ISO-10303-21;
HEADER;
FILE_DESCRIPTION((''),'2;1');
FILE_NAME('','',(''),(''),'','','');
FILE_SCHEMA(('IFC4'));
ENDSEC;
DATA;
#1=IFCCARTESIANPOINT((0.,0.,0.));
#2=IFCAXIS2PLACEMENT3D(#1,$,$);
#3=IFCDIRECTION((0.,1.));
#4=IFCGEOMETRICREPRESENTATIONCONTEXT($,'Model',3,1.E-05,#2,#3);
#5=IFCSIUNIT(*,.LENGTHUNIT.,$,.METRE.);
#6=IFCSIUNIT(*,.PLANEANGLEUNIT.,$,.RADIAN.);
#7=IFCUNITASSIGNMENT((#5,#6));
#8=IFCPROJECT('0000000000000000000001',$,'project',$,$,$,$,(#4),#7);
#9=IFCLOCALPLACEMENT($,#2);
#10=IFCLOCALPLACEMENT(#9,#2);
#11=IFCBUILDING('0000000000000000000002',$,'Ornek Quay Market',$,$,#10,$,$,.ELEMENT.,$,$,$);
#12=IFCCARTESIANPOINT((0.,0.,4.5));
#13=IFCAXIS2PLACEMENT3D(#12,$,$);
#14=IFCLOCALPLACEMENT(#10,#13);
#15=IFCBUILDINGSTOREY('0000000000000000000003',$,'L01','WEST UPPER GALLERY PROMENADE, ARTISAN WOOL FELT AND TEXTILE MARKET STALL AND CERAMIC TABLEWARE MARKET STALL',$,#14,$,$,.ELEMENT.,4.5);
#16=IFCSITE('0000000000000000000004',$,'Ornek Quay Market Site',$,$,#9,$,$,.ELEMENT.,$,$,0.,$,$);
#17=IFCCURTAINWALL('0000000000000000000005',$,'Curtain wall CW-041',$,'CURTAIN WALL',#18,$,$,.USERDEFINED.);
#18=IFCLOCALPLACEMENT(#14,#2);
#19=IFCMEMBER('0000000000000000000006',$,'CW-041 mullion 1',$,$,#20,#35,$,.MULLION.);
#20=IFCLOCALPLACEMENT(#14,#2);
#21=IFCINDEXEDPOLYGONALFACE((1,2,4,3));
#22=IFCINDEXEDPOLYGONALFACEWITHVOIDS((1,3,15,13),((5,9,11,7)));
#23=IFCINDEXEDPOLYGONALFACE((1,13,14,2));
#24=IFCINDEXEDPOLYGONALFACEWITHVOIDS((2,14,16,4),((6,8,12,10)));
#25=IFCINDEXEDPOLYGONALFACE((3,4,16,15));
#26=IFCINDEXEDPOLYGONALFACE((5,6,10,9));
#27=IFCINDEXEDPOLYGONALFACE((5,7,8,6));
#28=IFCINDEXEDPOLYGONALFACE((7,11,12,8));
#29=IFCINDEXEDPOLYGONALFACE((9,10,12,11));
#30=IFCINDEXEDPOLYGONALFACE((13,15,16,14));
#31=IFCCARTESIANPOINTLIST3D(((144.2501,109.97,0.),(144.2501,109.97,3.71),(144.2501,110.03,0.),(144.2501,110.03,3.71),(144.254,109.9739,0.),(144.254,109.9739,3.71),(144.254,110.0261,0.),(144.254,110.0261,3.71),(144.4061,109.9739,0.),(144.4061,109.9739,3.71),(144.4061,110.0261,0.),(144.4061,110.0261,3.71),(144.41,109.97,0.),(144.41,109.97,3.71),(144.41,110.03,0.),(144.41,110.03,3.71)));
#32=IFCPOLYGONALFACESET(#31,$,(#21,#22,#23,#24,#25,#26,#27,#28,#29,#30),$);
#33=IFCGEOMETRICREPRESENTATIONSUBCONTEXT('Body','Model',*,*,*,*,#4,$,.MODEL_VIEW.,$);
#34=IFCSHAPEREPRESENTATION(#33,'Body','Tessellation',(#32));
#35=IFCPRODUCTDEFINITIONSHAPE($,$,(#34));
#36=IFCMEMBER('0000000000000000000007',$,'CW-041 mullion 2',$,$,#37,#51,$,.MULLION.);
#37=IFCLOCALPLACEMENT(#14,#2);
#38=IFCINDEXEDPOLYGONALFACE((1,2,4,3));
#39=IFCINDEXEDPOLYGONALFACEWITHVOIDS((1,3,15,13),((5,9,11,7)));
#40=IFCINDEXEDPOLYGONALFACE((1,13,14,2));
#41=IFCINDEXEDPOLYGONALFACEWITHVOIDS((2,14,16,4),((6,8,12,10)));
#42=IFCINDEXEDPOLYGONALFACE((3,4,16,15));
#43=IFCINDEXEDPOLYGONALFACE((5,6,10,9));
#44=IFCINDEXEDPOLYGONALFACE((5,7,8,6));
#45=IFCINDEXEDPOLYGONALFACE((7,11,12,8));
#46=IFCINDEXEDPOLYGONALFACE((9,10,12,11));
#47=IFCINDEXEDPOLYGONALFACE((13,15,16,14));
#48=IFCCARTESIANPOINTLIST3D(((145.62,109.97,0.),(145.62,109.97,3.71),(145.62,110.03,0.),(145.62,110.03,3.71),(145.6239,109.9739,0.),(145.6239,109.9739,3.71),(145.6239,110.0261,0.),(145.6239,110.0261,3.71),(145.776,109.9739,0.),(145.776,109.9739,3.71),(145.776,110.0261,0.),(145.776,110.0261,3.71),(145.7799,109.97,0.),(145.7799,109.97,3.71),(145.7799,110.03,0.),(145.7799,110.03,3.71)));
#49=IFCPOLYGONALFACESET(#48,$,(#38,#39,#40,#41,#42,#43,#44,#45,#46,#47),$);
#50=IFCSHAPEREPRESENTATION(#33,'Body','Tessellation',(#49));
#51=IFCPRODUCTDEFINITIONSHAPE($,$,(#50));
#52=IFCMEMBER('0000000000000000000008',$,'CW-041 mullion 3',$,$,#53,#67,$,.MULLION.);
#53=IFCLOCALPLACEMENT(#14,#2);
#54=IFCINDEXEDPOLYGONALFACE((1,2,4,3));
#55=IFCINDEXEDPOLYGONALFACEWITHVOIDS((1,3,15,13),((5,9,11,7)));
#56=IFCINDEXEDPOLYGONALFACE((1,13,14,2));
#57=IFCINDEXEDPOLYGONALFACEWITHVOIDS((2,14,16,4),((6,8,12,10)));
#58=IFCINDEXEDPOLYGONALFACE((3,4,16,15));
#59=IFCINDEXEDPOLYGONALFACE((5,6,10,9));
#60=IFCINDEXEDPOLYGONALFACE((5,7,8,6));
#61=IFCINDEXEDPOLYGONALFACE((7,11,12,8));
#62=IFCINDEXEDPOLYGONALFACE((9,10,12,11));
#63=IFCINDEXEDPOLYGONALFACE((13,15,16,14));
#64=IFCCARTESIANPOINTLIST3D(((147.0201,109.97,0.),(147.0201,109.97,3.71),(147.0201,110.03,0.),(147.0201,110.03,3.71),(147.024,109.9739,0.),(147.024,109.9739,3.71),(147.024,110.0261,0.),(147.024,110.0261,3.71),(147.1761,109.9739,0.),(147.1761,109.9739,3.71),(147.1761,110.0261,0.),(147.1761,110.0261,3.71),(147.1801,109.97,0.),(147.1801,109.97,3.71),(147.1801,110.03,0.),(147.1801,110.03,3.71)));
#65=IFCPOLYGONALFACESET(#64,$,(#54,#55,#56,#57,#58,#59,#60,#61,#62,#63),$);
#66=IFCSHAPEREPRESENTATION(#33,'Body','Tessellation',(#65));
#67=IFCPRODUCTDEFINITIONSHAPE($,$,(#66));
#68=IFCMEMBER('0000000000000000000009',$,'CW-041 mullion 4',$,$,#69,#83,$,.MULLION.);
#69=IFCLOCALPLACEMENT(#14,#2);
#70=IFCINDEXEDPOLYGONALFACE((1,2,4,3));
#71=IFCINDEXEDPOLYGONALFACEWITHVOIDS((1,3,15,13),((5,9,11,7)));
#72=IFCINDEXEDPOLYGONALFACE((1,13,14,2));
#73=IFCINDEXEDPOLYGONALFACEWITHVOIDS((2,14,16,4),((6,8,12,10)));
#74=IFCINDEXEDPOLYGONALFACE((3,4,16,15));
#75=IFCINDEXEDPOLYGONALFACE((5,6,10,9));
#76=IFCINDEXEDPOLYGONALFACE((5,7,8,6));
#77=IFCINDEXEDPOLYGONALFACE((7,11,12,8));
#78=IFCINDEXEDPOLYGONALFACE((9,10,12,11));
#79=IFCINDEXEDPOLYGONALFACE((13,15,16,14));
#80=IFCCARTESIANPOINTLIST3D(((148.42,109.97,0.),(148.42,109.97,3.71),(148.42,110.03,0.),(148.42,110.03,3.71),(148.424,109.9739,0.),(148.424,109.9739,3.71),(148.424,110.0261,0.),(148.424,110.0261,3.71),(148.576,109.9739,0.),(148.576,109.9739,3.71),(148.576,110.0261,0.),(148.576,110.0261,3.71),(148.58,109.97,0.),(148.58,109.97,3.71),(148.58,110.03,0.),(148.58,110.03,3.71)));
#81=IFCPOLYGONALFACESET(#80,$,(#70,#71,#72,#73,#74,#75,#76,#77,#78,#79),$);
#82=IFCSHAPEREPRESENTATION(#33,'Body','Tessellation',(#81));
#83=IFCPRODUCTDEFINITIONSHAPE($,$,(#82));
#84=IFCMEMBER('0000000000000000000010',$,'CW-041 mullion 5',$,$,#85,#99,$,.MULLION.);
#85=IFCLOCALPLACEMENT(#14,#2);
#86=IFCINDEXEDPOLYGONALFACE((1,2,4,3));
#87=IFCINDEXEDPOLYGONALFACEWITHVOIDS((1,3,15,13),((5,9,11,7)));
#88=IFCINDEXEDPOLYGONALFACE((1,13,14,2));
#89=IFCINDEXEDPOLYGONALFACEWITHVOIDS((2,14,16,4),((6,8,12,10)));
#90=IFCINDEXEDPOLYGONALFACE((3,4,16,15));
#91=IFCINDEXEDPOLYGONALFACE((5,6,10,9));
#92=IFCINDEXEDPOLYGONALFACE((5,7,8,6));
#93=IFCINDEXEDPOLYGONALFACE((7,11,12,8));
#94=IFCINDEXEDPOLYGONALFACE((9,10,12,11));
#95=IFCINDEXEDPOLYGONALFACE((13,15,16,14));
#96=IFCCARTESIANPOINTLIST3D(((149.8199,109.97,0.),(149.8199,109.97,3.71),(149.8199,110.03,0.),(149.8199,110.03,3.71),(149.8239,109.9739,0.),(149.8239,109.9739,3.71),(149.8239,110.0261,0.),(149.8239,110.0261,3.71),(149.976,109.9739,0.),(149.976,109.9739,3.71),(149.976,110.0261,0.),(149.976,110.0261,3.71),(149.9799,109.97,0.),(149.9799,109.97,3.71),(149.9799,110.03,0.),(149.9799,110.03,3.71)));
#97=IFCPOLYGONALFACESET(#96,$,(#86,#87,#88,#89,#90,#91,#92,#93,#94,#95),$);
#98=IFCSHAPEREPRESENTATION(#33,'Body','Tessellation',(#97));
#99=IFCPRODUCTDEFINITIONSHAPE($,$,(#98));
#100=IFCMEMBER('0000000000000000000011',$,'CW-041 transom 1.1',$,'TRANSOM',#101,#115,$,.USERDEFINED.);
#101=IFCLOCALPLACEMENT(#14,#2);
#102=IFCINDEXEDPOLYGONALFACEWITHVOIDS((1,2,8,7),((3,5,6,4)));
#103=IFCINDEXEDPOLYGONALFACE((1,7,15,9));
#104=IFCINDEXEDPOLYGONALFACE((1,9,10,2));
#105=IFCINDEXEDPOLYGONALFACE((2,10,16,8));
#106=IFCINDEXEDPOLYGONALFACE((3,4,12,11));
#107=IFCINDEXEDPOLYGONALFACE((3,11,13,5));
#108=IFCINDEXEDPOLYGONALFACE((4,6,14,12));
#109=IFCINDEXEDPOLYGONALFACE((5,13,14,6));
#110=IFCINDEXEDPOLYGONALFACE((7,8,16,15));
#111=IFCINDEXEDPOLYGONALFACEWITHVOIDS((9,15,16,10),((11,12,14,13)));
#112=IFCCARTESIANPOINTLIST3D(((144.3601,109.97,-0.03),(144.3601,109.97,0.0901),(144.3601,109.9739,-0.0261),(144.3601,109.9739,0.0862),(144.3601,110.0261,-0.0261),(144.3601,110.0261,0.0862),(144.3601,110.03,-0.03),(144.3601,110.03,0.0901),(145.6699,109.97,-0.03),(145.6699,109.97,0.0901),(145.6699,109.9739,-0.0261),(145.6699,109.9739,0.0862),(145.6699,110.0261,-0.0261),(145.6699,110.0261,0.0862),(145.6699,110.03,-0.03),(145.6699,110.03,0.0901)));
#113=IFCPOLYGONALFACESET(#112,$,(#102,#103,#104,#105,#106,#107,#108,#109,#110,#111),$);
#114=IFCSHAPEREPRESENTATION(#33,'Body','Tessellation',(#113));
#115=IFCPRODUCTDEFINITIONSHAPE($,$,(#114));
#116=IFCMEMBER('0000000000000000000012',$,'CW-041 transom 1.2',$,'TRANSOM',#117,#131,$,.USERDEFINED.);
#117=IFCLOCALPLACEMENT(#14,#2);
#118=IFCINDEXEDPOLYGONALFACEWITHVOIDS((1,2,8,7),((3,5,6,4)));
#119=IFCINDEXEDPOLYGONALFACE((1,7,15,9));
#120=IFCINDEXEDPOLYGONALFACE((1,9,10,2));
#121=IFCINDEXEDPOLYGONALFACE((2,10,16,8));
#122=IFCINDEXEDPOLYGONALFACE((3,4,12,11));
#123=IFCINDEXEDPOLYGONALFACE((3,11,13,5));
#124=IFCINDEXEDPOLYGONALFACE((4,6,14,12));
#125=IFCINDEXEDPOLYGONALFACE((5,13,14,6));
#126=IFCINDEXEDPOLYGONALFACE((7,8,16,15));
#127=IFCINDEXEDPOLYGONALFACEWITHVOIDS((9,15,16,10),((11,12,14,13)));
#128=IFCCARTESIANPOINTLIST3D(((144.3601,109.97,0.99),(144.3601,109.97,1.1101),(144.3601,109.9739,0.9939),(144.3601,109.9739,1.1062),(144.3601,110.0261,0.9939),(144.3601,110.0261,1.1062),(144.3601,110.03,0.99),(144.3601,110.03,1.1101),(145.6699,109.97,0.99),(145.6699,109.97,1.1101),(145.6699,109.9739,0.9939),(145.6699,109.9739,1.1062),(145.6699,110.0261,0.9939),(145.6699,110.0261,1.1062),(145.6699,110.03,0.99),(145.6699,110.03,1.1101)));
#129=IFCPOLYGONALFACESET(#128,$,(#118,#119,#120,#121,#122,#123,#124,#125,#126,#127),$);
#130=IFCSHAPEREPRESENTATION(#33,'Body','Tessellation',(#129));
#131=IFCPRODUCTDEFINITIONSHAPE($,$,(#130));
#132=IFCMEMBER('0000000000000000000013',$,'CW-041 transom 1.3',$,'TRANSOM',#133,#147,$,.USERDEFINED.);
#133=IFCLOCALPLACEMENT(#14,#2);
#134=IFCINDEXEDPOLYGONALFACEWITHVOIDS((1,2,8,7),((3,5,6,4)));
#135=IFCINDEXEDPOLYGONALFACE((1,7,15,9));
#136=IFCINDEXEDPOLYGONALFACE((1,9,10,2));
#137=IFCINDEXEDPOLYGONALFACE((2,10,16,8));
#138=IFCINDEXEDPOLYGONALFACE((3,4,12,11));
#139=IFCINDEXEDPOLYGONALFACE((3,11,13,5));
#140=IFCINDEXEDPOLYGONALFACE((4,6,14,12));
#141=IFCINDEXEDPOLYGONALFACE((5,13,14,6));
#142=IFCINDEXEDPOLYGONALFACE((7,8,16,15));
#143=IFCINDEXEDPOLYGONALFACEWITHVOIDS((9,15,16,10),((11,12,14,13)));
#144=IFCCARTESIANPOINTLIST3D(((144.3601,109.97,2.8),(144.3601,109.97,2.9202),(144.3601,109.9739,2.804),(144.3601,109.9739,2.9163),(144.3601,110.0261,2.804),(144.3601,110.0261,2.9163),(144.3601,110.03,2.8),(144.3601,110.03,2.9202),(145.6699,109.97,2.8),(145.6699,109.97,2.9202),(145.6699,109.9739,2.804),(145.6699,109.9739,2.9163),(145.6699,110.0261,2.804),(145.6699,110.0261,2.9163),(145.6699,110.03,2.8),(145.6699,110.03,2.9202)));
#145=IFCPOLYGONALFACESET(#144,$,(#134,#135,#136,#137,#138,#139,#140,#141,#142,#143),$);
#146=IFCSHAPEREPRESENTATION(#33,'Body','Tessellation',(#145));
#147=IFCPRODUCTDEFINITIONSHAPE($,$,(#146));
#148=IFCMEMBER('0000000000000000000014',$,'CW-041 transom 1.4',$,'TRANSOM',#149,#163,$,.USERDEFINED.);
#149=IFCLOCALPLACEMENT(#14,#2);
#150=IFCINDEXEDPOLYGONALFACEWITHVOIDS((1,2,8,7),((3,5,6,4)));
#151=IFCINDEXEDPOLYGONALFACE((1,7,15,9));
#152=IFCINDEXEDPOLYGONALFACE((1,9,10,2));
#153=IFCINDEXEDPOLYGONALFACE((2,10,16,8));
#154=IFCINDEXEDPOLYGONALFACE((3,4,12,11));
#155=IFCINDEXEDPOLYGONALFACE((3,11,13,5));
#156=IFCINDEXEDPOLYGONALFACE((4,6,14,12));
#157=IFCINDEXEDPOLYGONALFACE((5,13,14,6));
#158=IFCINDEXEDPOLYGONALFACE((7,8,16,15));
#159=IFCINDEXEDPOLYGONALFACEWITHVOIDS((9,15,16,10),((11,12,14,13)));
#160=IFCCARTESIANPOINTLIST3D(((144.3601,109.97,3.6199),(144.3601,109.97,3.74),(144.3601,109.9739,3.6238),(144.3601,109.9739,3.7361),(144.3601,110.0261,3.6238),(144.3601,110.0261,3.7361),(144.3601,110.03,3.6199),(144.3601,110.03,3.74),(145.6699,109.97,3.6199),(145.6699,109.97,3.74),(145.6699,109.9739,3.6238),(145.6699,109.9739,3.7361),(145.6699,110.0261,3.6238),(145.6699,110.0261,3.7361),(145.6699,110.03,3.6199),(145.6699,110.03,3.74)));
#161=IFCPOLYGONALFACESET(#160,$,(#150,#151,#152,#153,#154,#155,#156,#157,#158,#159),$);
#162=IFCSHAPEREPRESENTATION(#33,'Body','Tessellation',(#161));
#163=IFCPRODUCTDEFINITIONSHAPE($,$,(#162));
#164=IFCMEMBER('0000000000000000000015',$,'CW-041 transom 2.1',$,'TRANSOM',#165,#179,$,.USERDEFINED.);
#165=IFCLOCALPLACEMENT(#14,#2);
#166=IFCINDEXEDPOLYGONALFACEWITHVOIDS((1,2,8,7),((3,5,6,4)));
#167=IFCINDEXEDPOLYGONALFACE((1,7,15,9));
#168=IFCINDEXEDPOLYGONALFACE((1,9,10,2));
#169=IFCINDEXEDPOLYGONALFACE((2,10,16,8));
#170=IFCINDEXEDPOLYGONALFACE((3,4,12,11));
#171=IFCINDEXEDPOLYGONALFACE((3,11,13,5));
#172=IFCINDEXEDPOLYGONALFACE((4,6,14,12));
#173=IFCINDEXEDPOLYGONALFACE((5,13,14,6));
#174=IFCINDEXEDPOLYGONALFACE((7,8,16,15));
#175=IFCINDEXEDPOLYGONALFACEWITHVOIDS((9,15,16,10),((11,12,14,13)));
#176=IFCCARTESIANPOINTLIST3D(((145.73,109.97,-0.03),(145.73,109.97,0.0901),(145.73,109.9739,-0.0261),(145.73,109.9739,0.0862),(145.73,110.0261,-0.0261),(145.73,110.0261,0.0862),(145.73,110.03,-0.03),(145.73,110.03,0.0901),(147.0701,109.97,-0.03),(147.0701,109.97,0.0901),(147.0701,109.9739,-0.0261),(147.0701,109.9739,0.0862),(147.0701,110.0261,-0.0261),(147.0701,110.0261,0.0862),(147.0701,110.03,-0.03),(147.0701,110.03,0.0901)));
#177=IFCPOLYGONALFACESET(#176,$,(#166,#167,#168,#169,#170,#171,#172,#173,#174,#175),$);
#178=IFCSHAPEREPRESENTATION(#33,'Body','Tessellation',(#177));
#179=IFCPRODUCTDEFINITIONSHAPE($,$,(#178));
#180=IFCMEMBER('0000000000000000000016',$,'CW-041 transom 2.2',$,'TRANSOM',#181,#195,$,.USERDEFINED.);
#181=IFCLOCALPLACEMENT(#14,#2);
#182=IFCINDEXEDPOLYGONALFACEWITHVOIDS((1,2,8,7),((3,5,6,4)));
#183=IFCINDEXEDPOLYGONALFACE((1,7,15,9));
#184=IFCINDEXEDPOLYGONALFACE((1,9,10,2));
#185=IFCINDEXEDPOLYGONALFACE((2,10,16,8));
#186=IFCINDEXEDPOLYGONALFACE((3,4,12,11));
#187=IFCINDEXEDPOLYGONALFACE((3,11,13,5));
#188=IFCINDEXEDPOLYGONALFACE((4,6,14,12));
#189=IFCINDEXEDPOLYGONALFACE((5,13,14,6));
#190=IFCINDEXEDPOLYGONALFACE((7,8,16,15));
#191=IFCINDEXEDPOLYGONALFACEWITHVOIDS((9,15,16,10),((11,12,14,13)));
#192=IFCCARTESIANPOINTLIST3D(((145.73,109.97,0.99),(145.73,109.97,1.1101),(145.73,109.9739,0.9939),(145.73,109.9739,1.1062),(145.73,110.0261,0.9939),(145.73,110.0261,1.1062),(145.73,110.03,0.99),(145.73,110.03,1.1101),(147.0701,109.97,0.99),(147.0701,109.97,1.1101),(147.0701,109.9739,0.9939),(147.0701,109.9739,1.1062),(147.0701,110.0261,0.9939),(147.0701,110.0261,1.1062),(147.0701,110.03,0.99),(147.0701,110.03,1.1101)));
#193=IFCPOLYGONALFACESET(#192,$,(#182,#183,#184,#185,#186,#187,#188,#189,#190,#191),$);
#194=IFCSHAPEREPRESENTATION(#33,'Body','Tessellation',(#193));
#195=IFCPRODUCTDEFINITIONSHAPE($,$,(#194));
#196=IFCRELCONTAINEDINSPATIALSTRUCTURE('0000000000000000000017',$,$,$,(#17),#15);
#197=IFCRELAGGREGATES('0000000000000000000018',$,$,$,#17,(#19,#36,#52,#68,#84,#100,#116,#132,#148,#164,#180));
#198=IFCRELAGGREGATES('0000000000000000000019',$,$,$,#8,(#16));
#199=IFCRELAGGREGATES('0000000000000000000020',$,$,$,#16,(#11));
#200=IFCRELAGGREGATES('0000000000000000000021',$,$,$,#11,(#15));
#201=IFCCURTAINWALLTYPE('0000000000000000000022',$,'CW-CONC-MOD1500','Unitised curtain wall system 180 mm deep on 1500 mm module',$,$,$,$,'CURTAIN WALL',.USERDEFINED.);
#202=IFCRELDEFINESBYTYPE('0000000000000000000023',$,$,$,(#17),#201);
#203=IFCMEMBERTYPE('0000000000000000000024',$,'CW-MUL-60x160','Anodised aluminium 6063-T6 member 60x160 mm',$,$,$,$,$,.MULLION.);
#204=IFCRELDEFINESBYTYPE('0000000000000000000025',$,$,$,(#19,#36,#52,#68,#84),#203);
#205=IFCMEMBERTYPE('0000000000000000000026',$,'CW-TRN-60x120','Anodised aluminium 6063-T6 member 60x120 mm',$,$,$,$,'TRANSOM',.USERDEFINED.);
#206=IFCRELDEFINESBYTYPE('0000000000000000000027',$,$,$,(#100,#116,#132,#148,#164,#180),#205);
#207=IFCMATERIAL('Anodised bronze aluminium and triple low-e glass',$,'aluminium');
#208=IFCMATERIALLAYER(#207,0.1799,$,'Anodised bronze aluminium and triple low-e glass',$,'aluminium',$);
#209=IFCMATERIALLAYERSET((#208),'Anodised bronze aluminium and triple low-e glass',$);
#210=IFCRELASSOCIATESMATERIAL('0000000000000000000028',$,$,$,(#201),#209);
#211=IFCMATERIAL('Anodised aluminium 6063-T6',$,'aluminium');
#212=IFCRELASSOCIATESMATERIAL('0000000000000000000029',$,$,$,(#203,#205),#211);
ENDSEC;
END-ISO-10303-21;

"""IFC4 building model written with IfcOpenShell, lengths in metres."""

from ifc_helpers import new_model, si_unit, direction, frame, origin, origin_2d, place, context, subcontext, project, spatial, hollow_rectangle, extrude, material, layer, layer_set, material_profile, profile_set, type_object, element, aggregate, save


model = new_model("IFC4")

# Units and contexts
model_context = context("Model", 3, precision=1e-05, world=origin(), true_north=direction((0.0, 1.0)))
body_context = subcontext(model_context, "Body", "Model", "MODEL_VIEW")
ifc_project = project(units=[si_unit("LENGTHUNIT", "METRE"), si_unit("PLANEANGLEUNIT", "RADIAN")], contexts=[model_context])

# Site, building, storey
site_placement = place(None, origin())
site = spatial("IfcSite", under=ifc_project, at=site_placement, Name="Ornek Quay Market Site", CompositionType="ELEMENT", RefElevation=0.0)
building_placement = place(site_placement, origin())
building = spatial("IfcBuilding", under=site, at=building_placement, Name="Ornek Quay Market", CompositionType="ELEMENT")
storey_placement = place(building_placement, frame((0.0, 0.0, 4.5)))
storey = spatial("IfcBuildingStorey", under=building, at=storey_placement, Name="L01", Description="WEST UPPER GALLERY PROMENADE, ARTISAN WOOL FELT AND TEXTILE MARKET STALL AND CERAMIC TABLEWARE MARKET STALL", CompositionType="ELEMENT", Elevation=4.5)

# Curtain wall, members
ifc_material_1 = material(Name="Anodised bronze aluminium and triple low-e glass", Category="aluminium")
ifc_layer_1 = layer(ifc_material_1, 0.1799, Name="Anodised bronze aluminium and triple low-e glass", Category="aluminium")
ifc_layer_set_1 = layer_set([ifc_layer_1], Name="Anodised bronze aluminium and triple low-e glass")
curtain_wall_type = type_object("IfcCurtainWallType", Name="CW-CONC-MOD1500", Description="Unitised curtain wall system 180 mm deep on 1500 mm module", ElementType="CURTAIN WALL", PredefinedType="USERDEFINED", material=ifc_layer_set_1)
curtain_wall_placement = place(storey_placement, origin())
curtain_wall = element("IfcCurtainWall", 1, at=curtain_wall_placement, inside=storey, type_object=curtain_wall_type, Name="Curtain wall CW-041", ObjectType="CURTAIN WALL", PredefinedType="USERDEFINED")
ifc_material_2 = material(Name="Anodised aluminium 6063-T6", Category="aluminium")
ifc_material_profile_1 = material_profile(ifc_material_2, hollow_rectangle(XDim=0.0601, YDim=0.1599, WallThickness=0.0039, at=origin_2d()), Name="CW-MUL-60x160", Category="aluminium")
ifc_profile_set_1 = profile_set([ifc_material_profile_1], Name="Anodised aluminium 6063-T6")
member_type_1 = type_object("IfcMemberType", Name="CW-MUL-60x160", Description="Anodised aluminium 6063-T6 member 60x160 mm", PredefinedType="MULLION", material=ifc_profile_set_1)
member_1_placement = place(storey_placement, frame((144.3301, 110.0, 0.0), z_axis=(0.0, 0.0, 1.0), x_axis=(0.0, 1.0, 0.0)))
member_1 = element("IfcMember", 2, at=member_1_placement, type_object=member_type_1, Name="CW-041 mullion 1", PredefinedType="MULLION", context=body_context, shape_type="SweptSolid", body=[
    extrude(hollow_rectangle(XDim=0.0601, YDim=0.1599, WallThickness=0.0039, at=origin_2d()), origin(), (0.0, 0.0, 1.0), 3.71),
])
member_2_placement = place(storey_placement, frame((145.7, 110.0, 0.0), z_axis=(0.0, 0.0, 1.0), x_axis=(0.0, 1.0, 0.0)))
member_2 = element("IfcMember", 3, at=member_2_placement, type_object=member_type_1, Name="CW-041 mullion 2", PredefinedType="MULLION", context=body_context, shape_type="SweptSolid", body=[
    extrude(hollow_rectangle(XDim=0.0601, YDim=0.1599, WallThickness=0.0039, at=origin_2d()), origin(), (0.0, 0.0, 1.0), 3.71),
])
member_3_placement = place(storey_placement, frame((147.1001, 110.0, 0.0), z_axis=(0.0, 0.0, 1.0), x_axis=(0.0, 1.0, 0.0)))
member_3 = element("IfcMember", 4, at=member_3_placement, type_object=member_type_1, Name="CW-041 mullion 3", PredefinedType="MULLION", context=body_context, shape_type="SweptSolid", body=[
    extrude(hollow_rectangle(XDim=0.0601, YDim=0.1599, WallThickness=0.0039, at=origin_2d()), origin(), (0.0, 0.0, 1.0), 3.71),
])
member_4_placement = place(storey_placement, frame((148.5, 110.0, 0.0), z_axis=(0.0, 0.0, 1.0), x_axis=(0.0, 1.0, 0.0)))
member_4 = element("IfcMember", 5, at=member_4_placement, type_object=member_type_1, Name="CW-041 mullion 4", PredefinedType="MULLION", context=body_context, shape_type="SweptSolid", body=[
    extrude(hollow_rectangle(XDim=0.0601, YDim=0.1599, WallThickness=0.0039, at=origin_2d()), origin(), (0.0, 0.0, 1.0), 3.71),
])
member_5_placement = place(storey_placement, frame((149.8999, 110.0, 0.0), z_axis=(0.0, 0.0, 1.0), x_axis=(0.0, 1.0, 0.0)))
member_5 = element("IfcMember", 6, at=member_5_placement, type_object=member_type_1, Name="CW-041 mullion 5", PredefinedType="MULLION", context=body_context, shape_type="SweptSolid", body=[
    extrude(hollow_rectangle(XDim=0.0601, YDim=0.1599, WallThickness=0.0039, at=origin_2d()), origin(), (0.0, 0.0, 1.0), 3.71),
])
ifc_material_profile_2 = material_profile(ifc_material_2, hollow_rectangle(XDim=0.0601, YDim=0.1201, WallThickness=0.0039, at=origin_2d()), Name="CW-TRN-60x120", Category="aluminium")
ifc_profile_set_2 = profile_set([ifc_material_profile_2], Name="Anodised aluminium 6063-T6")
member_type_2 = type_object("IfcMemberType", Name="CW-TRN-60x120", Description="Anodised aluminium 6063-T6 member 60x120 mm", ElementType="TRANSOM", PredefinedType="USERDEFINED", material=ifc_profile_set_2)
member_6_placement = place(storey_placement, frame((144.3601, 110.0, 0.03), z_axis=(1.0, 0.0, 0.0), x_axis=(0.0, 1.0, 0.0)))
member_6 = element("IfcMember", 7, at=member_6_placement, type_object=member_type_2, Name="CW-041 transom 1.1", ObjectType="TRANSOM", PredefinedType="USERDEFINED", context=body_context, shape_type="SweptSolid", body=[
    extrude(hollow_rectangle(XDim=0.0601, YDim=0.1201, WallThickness=0.0039, at=origin_2d()), origin(), (0.0, 0.0, 1.0), 1.3098),
])
member_7_placement = place(storey_placement, frame((144.3601, 110.0, 1.05), z_axis=(1.0, 0.0, 0.0), x_axis=(0.0, 1.0, 0.0)))
member_7 = element("IfcMember", 8, at=member_7_placement, type_object=member_type_2, Name="CW-041 transom 1.2", ObjectType="TRANSOM", PredefinedType="USERDEFINED", context=body_context, shape_type="SweptSolid", body=[
    extrude(hollow_rectangle(XDim=0.0601, YDim=0.1201, WallThickness=0.0039, at=origin_2d()), origin(), (0.0, 0.0, 1.0), 1.3098),
])
member_8_placement = place(storey_placement, frame((144.3601, 110.0, 2.8601), z_axis=(1.0, 0.0, 0.0), x_axis=(0.0, 1.0, 0.0)))
member_8 = element("IfcMember", 9, at=member_8_placement, type_object=member_type_2, Name="CW-041 transom 1.3", ObjectType="TRANSOM", PredefinedType="USERDEFINED", context=body_context, shape_type="SweptSolid", body=[
    extrude(hollow_rectangle(XDim=0.0601, YDim=0.1201, WallThickness=0.0039, at=origin_2d()), origin(), (0.0, 0.0, 1.0), 1.3098),
])
member_9_placement = place(storey_placement, frame((144.3601, 110.0, 3.6799), z_axis=(1.0, 0.0, 0.0), x_axis=(0.0, 1.0, 0.0)))
member_9 = element("IfcMember", 10, at=member_9_placement, type_object=member_type_2, Name="CW-041 transom 1.4", ObjectType="TRANSOM", PredefinedType="USERDEFINED", context=body_context, shape_type="SweptSolid", body=[
    extrude(hollow_rectangle(XDim=0.0601, YDim=0.1201, WallThickness=0.0039, at=origin_2d()), origin(), (0.0, 0.0, 1.0), 1.3098),
])
member_10_placement = place(storey_placement, frame((145.73, 110.0, 0.03), z_axis=(1.0, 0.0, 0.0), x_axis=(0.0, 1.0, 0.0)))
member_10 = element("IfcMember", 11, at=member_10_placement, type_object=member_type_2, Name="CW-041 transom 2.1", ObjectType="TRANSOM", PredefinedType="USERDEFINED", context=body_context, shape_type="SweptSolid", body=[
    extrude(hollow_rectangle(XDim=0.0601, YDim=0.1201, WallThickness=0.0039, at=origin_2d()), origin(), (0.0, 0.0, 1.0), 1.3401),
])
member_11_placement = place(storey_placement, frame((145.73, 110.0, 1.05), z_axis=(1.0, 0.0, 0.0), x_axis=(0.0, 1.0, 0.0)))
member_11 = element("IfcMember", 12, at=member_11_placement, type_object=member_type_2, Name="CW-041 transom 2.2", ObjectType="TRANSOM", PredefinedType="USERDEFINED", context=body_context, shape_type="SweptSolid", body=[
    extrude(hollow_rectangle(XDim=0.0601, YDim=0.1201, WallThickness=0.0039, at=origin_2d()), origin(), (0.0, 0.0, 1.0), 1.3401),
])
aggregate(curtain_wall, [member_1, member_2, member_3, member_4, member_5, member_6, member_7, member_8, member_9, member_10, member_11])

save(model, "model.ifc")
